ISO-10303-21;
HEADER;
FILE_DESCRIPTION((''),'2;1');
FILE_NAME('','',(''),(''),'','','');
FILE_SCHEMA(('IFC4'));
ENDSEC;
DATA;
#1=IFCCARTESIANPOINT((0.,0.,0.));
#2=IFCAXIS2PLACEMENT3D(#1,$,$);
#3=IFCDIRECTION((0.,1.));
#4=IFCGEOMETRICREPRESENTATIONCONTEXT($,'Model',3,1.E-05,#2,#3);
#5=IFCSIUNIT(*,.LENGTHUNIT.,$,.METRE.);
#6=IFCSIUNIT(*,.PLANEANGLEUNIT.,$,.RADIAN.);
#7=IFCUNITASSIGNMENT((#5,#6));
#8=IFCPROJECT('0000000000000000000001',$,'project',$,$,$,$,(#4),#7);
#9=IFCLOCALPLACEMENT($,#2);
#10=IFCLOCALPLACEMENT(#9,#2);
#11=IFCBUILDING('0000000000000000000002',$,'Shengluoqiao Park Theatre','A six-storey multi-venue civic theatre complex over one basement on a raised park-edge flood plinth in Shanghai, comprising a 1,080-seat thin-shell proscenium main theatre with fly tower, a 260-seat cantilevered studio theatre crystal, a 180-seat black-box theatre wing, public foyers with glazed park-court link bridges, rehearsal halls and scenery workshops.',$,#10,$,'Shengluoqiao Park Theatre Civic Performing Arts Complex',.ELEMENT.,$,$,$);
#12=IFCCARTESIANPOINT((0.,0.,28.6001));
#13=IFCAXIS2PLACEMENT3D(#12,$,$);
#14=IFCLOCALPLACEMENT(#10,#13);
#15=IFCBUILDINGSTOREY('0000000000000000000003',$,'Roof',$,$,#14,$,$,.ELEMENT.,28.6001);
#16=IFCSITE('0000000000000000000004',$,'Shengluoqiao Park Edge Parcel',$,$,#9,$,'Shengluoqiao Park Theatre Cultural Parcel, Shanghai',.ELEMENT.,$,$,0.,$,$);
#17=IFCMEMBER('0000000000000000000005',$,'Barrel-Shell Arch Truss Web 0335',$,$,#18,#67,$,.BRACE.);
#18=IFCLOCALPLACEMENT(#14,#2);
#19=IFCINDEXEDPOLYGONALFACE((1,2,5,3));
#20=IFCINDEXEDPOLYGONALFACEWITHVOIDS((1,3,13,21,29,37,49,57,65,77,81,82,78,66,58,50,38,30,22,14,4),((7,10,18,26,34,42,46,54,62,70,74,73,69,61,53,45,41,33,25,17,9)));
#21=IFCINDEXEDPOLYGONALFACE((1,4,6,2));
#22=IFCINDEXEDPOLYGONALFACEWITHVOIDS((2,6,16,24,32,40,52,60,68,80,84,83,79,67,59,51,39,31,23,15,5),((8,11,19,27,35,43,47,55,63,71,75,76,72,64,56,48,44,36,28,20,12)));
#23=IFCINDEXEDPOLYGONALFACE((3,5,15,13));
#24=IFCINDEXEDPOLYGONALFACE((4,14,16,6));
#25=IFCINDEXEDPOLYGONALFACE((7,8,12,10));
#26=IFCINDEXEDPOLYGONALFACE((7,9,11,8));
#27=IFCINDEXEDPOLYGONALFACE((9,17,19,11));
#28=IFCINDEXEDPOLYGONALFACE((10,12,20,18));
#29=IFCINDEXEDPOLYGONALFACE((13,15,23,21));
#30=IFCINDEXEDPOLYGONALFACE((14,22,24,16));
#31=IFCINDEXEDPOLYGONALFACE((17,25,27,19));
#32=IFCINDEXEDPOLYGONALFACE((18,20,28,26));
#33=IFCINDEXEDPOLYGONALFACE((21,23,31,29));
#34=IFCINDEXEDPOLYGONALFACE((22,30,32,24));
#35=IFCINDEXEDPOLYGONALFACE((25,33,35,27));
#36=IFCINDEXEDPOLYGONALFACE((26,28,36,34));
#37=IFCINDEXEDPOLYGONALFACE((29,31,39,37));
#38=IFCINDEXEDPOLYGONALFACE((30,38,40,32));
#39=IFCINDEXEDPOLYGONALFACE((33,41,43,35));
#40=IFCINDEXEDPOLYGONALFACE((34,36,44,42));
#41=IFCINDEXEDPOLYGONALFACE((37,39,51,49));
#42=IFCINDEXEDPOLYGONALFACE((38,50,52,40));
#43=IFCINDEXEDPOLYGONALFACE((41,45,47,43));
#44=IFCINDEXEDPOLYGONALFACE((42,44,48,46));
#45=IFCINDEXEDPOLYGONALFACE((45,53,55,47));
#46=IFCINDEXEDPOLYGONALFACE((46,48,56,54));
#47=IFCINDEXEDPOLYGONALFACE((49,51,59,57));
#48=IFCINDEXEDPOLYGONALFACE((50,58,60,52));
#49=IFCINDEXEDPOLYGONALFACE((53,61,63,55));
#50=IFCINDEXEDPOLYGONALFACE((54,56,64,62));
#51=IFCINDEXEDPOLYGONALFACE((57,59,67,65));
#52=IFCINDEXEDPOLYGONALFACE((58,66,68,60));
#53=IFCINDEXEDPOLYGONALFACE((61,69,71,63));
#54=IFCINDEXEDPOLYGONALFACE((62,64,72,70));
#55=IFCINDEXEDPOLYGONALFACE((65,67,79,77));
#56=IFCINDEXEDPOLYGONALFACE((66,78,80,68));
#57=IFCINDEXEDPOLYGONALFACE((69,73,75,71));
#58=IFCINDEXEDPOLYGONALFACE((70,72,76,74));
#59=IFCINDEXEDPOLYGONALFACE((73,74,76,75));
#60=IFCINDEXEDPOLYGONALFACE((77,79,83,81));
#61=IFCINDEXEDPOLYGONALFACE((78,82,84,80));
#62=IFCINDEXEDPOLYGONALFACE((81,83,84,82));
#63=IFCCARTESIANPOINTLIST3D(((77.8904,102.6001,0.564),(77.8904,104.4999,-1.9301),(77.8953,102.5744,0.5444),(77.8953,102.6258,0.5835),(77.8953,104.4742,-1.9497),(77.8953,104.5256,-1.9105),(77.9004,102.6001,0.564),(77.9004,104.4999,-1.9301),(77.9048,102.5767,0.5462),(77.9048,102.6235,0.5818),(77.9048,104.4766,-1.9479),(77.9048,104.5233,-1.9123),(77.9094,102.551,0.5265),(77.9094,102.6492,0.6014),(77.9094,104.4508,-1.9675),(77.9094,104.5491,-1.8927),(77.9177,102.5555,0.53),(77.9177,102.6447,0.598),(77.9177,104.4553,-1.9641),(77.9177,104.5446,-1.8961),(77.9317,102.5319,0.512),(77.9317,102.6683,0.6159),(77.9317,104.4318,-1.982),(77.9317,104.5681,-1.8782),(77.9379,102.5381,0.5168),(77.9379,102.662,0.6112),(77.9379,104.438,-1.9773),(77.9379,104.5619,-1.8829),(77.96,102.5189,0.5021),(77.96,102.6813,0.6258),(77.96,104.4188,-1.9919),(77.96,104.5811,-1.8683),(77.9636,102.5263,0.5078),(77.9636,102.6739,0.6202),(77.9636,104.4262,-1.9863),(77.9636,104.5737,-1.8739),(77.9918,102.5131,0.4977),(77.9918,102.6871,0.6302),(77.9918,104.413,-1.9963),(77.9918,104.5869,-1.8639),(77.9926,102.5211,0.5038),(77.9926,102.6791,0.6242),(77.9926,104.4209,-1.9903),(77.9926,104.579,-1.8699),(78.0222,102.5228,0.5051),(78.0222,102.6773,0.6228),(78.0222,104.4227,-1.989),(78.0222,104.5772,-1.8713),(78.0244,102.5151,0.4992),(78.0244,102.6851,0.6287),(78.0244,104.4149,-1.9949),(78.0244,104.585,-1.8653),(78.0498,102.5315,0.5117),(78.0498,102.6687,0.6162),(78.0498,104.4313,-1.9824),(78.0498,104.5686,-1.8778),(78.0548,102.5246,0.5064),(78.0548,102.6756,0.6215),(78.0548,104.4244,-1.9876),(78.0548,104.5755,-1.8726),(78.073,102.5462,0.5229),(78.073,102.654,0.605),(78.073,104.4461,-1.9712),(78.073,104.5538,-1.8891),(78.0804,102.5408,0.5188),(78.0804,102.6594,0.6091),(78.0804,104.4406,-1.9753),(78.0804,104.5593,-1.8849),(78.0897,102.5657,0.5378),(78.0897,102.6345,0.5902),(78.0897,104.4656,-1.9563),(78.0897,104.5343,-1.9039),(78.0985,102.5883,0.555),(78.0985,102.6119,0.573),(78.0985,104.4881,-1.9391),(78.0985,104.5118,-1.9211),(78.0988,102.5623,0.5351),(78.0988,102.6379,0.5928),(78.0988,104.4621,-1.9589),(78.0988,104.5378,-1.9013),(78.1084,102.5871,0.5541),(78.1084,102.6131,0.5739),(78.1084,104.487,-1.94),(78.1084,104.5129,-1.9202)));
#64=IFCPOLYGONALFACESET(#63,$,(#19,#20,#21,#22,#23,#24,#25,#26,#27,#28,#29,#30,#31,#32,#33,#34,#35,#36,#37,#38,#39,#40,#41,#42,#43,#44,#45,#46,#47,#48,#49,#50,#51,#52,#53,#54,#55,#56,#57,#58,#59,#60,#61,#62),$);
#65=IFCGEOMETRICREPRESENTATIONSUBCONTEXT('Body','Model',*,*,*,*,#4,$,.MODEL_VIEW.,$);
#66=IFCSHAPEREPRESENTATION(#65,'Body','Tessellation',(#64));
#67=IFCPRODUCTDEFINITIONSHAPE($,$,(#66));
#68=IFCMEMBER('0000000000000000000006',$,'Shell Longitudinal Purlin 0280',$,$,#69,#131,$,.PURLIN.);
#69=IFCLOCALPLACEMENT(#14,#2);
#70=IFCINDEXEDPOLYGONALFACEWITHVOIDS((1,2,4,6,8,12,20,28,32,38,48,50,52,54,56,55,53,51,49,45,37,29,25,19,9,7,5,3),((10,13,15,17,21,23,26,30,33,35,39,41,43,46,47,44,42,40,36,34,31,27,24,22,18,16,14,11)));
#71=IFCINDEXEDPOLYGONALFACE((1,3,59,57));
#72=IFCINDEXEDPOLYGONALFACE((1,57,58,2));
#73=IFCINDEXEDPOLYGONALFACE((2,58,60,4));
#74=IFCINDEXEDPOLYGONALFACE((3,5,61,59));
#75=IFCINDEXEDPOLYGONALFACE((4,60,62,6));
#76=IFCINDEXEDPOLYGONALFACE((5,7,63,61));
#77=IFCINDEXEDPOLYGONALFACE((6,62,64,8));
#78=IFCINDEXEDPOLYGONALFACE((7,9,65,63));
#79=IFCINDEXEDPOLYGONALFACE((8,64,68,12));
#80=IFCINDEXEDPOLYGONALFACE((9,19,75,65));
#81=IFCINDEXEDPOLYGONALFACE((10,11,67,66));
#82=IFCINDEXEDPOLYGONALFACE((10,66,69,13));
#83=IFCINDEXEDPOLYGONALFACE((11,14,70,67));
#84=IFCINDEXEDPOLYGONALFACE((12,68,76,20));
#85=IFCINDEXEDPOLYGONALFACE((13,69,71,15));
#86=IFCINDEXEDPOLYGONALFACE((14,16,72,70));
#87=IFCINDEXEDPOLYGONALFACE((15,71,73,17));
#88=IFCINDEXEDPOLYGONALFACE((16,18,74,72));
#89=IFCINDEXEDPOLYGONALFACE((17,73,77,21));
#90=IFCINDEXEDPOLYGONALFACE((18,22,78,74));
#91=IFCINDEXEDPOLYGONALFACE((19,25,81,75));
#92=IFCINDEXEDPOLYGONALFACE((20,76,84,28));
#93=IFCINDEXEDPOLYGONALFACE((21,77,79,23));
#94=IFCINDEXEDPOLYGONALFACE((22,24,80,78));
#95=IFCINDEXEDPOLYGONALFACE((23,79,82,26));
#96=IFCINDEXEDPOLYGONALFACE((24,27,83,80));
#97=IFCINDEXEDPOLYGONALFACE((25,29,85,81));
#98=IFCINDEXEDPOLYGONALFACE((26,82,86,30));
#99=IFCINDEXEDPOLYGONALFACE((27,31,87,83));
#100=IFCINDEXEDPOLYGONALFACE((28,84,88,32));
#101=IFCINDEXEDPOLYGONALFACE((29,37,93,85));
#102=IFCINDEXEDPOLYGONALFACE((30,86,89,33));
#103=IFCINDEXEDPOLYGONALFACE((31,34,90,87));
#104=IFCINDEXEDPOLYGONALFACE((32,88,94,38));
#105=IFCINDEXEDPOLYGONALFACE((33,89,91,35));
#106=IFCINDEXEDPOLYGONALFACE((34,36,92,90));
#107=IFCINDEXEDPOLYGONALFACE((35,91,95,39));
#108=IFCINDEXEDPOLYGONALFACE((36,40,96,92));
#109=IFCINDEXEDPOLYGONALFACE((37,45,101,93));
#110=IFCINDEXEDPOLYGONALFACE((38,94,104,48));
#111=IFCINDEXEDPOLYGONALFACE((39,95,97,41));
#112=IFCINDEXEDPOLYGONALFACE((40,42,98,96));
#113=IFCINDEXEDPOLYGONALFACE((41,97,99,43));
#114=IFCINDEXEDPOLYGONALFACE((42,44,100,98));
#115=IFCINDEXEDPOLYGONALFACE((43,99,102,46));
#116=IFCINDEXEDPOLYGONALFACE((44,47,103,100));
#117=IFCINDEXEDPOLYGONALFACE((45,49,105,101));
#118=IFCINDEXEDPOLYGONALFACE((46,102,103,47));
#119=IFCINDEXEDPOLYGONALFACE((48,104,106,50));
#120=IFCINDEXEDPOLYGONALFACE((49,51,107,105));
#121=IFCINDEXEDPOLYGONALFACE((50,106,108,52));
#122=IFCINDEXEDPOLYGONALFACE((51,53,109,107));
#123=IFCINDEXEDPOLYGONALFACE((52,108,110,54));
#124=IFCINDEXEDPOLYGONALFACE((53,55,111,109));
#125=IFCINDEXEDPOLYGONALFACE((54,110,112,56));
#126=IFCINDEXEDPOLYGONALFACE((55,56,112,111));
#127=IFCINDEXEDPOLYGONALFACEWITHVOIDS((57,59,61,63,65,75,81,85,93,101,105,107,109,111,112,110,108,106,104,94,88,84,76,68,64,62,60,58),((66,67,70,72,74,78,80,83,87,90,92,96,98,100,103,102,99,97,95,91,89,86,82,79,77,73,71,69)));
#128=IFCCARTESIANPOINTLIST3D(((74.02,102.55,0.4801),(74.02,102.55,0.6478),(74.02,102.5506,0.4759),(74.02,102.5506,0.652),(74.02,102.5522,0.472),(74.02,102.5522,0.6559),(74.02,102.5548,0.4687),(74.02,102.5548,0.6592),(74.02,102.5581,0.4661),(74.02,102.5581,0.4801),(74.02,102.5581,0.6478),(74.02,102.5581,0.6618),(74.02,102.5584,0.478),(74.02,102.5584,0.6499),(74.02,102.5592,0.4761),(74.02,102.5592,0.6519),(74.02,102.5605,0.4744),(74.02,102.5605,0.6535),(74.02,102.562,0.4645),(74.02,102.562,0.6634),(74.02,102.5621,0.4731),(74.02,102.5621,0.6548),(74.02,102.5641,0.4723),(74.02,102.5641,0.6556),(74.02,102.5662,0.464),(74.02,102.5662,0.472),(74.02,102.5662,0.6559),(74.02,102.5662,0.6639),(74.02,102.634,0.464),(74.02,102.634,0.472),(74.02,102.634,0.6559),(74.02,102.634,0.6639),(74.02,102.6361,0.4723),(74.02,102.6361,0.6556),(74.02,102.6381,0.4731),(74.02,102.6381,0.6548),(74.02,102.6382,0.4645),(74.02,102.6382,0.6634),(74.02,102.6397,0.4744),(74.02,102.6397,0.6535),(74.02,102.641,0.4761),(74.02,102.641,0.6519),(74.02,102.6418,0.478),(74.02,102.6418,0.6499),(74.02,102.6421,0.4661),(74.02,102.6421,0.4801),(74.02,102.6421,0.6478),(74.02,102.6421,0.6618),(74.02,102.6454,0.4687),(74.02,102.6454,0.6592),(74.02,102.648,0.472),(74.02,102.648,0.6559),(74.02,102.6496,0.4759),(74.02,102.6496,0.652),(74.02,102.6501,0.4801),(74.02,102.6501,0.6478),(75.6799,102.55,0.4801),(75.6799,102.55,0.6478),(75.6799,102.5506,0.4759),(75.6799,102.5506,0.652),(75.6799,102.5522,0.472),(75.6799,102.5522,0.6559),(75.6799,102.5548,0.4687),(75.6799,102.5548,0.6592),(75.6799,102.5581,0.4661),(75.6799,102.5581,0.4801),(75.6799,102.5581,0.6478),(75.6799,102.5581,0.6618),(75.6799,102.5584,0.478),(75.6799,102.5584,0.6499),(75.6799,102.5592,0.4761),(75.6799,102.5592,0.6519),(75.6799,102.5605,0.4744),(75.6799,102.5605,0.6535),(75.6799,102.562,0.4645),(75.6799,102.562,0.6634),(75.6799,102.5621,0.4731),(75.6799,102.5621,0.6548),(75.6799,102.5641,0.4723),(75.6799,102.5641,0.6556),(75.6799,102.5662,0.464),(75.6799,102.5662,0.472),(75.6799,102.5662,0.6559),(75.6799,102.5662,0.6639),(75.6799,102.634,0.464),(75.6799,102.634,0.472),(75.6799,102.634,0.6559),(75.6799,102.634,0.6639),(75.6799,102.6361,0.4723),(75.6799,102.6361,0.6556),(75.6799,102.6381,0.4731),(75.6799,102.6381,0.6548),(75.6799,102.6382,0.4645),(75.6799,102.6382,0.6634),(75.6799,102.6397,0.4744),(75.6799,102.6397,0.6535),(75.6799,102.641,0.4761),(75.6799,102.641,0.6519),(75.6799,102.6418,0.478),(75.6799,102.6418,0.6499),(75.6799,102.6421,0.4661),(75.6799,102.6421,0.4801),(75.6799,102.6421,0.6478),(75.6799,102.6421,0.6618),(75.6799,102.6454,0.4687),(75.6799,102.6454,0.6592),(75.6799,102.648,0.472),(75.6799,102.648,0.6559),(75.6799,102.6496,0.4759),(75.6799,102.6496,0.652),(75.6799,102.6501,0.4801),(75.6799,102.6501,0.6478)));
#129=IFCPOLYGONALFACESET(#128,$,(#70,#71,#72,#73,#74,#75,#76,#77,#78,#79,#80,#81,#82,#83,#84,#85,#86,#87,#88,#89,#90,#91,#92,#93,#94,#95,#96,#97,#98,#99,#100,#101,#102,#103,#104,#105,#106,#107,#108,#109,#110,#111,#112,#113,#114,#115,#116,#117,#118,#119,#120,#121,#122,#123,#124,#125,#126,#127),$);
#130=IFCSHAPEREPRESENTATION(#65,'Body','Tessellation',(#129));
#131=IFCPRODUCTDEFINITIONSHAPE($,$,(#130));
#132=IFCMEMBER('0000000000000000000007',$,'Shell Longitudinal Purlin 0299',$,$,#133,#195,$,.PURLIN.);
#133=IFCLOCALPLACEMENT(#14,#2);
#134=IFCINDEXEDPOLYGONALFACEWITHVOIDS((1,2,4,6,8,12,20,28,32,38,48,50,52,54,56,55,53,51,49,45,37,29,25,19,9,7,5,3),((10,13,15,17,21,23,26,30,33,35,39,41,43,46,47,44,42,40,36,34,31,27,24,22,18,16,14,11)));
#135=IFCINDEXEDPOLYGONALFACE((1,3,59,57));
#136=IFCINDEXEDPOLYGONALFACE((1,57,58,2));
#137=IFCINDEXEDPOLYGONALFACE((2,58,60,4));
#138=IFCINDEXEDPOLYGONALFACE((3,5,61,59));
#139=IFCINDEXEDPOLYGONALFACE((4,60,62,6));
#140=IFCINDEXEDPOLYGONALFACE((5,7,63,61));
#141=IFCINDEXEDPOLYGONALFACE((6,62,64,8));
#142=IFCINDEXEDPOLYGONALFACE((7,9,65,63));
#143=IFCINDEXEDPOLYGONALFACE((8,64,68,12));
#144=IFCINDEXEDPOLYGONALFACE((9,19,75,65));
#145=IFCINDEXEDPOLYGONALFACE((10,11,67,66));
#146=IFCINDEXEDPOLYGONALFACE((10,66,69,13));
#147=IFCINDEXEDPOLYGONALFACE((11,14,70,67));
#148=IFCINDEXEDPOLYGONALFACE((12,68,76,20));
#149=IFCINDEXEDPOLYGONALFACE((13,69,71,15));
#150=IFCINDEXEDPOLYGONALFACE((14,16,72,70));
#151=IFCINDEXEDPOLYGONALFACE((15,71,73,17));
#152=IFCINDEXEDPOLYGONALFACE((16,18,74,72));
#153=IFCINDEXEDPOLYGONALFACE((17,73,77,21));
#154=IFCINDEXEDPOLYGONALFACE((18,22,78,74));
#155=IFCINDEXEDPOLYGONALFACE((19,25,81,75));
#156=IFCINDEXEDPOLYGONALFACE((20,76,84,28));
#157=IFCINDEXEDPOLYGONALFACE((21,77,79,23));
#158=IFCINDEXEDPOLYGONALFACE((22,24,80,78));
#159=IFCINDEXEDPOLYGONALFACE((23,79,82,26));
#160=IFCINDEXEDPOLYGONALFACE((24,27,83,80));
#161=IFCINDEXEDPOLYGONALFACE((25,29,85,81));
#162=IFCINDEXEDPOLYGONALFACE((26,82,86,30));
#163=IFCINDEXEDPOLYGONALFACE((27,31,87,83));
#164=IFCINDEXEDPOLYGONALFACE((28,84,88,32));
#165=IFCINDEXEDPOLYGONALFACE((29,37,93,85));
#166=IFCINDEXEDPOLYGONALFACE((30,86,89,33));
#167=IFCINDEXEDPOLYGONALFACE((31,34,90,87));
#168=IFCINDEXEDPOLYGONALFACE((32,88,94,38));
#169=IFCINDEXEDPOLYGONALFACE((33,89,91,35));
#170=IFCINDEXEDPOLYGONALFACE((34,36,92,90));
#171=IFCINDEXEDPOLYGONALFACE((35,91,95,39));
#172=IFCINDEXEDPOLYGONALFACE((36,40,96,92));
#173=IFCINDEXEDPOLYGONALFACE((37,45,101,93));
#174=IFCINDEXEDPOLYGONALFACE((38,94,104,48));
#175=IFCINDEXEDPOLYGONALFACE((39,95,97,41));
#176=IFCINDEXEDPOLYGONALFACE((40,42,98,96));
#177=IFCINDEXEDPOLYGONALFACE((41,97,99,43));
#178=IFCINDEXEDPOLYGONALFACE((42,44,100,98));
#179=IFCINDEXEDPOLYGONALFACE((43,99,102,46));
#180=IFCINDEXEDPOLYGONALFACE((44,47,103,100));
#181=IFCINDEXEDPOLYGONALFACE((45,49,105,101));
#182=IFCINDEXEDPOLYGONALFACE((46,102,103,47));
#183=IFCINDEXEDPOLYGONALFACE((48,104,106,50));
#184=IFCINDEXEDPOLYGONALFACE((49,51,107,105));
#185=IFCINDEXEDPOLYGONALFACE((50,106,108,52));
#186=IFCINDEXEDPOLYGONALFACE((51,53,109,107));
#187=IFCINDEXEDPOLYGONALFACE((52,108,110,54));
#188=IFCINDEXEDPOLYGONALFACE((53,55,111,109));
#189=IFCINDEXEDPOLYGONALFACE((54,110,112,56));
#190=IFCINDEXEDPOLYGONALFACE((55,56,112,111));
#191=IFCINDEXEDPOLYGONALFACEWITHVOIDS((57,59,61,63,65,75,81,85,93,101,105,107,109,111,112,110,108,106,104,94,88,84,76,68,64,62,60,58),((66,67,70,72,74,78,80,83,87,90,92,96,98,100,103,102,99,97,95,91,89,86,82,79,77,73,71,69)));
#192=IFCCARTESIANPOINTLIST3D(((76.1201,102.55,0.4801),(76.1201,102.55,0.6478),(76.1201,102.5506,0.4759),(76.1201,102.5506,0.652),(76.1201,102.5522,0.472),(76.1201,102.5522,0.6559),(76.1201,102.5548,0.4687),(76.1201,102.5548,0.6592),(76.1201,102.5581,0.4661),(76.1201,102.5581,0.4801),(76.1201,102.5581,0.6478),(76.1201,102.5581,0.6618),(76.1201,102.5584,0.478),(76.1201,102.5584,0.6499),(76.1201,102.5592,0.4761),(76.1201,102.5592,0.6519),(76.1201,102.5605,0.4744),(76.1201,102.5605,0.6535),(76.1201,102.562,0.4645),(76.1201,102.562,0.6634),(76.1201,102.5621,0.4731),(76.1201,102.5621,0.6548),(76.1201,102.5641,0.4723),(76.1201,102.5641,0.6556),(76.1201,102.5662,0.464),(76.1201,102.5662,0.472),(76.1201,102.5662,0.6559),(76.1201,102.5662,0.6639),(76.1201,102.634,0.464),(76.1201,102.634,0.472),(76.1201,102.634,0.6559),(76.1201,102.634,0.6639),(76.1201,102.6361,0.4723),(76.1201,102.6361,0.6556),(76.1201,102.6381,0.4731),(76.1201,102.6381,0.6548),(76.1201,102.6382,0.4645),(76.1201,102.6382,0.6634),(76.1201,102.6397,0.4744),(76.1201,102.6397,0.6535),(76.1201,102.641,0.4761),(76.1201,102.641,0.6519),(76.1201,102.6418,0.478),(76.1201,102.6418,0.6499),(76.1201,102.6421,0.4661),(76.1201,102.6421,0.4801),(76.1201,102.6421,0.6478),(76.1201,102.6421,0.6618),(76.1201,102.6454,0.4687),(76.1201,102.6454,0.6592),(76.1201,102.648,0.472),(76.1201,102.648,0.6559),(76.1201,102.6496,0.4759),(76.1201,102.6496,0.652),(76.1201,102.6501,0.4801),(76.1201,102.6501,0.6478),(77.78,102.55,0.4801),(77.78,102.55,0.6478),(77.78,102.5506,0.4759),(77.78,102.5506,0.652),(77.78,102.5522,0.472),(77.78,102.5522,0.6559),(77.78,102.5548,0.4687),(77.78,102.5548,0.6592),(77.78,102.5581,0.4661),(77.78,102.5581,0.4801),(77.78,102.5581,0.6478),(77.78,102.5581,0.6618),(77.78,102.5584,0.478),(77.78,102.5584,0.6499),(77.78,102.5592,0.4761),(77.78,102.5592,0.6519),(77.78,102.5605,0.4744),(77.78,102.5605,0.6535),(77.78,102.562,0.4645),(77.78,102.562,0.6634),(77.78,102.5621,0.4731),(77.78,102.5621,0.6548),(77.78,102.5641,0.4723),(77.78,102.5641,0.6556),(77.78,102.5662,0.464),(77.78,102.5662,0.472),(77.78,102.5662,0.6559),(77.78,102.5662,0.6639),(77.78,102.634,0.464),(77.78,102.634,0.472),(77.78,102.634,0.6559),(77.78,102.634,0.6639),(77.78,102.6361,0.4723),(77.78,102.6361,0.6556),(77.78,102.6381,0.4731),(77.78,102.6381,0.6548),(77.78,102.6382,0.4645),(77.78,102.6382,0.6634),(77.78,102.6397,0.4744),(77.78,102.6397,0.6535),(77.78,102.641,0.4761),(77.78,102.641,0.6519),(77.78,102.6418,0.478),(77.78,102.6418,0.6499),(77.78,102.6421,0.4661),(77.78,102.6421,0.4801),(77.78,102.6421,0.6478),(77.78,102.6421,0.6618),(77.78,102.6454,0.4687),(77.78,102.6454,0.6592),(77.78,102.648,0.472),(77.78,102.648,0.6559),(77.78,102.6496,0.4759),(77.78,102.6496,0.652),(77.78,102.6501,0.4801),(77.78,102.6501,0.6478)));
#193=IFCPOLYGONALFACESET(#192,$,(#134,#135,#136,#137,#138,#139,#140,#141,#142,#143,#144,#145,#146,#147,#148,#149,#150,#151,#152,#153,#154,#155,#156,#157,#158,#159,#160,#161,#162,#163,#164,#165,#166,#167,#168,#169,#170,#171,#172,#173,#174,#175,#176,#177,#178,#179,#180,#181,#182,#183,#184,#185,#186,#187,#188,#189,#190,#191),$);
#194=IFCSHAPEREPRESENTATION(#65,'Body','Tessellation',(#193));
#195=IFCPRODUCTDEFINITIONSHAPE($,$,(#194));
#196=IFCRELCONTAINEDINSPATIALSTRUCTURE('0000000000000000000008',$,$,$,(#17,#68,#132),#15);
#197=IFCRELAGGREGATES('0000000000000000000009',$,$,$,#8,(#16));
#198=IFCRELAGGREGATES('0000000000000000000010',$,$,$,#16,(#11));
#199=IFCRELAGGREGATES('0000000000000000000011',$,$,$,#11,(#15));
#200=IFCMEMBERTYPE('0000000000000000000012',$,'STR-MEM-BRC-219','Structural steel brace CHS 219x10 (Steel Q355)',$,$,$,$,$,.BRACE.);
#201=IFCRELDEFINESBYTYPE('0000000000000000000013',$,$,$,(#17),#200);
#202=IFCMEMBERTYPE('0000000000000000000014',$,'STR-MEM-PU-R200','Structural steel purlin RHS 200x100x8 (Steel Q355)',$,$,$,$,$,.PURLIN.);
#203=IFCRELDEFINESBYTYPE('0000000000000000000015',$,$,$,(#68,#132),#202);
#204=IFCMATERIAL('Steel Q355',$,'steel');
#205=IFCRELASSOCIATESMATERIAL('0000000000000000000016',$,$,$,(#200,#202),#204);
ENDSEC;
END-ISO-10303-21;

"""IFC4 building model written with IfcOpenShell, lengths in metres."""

from ifc_helpers import new_model, si_unit, direction, frame, origin, origin_2d, place, context, subcontext, project, spatial, hollow_rectangle, hollow_circle, extrude, material, material_profile, profile_set, type_object, element, save


model = new_model("IFC4")

# Units and contexts
model_context = context("Model", 3, precision=1e-05, world=origin(), true_north=direction((0.0, 1.0)))
body_context = subcontext(model_context, "Body", "Model", "MODEL_VIEW")
ifc_project = project(units=[si_unit("LENGTHUNIT", "METRE"), si_unit("PLANEANGLEUNIT", "RADIAN")], contexts=[model_context])

# Site, building, storey
site_placement = place(None, origin())
site = spatial("IfcSite", under=ifc_project, at=site_placement, Name="Shengluoqiao Park Edge Parcel", LongName="Shengluoqiao Park Theatre Cultural Parcel, Shanghai", CompositionType="ELEMENT", RefElevation=0.0)
building_placement = place(site_placement, origin())
building = spatial("IfcBuilding", under=site, at=building_placement, Name="Shengluoqiao Park Theatre", Description="A six-storey multi-venue civic theatre complex over one basement on a raised park-edge flood plinth in Shanghai, comprising a 1,080-seat thin-shell proscenium main theatre with fly tower, a 260-seat cantilevered studio theatre crystal, a 180-seat black-box theatre wing, public foyers with glazed park-court link bridges, rehearsal halls and scenery workshops.", LongName="Shengluoqiao Park Theatre Civic Performing Arts Complex", CompositionType="ELEMENT")
storey_placement = place(building_placement, frame((0.0, 0.0, 28.6001)))
storey = spatial("IfcBuildingStorey", under=building, at=storey_placement, Name="Roof", CompositionType="ELEMENT", Elevation=28.6001)

# Shared definitions
ifc_material_1 = material(Name="Steel Q355", Category="steel")

# Members
ifc_material_profile_1 = material_profile(ifc_material_1, hollow_circle(Radius=0.1096, WallThickness=0.01, at=origin_2d()), Name="CHS 219x10")
ifc_profile_set_1 = profile_set([ifc_material_profile_1], Name="Steel Q355")
member_type_1 = type_object("IfcMemberType", Name="STR-MEM-BRC-219", Description="Structural steel brace CHS 219x10 (Steel Q355)", PredefinedType="BRACE", material=ifc_profile_set_1)
member_1_placement = place(storey_placement, frame((78.0, 102.6001, 0.564), z_axis=(0.0, 0.605963, -0.795492), x_axis=(-1.0, 0.0, 0.0)))
element("IfcMember", 1, at=member_1_placement, inside=storey, type_object=member_type_1, Name="Barrel-Shell Arch Truss Web 0335", PredefinedType="BRACE", context=body_context, shape_type="SweptSolid", body=[
    extrude(hollow_circle(Radius=0.1096, WallThickness=0.01, at=origin_2d()), origin(), (0.0, 0.0, 1.0), 3.1353),
])
ifc_material_profile_2 = material_profile(ifc_material_1, hollow_rectangle(XDim=0.1001, YDim=0.2, WallThickness=0.0081, InnerFilletRadius=0.0081, OuterFilletRadius=0.0161, at=origin_2d()), Name="RHS 200x100x8")
ifc_profile_set_2 = profile_set([ifc_material_profile_2], Name="Steel Q355")
member_type_2 = type_object("IfcMemberType", Name="STR-MEM-PU-R200", Description="Structural steel purlin RHS 200x100x8 (Steel Q355)", PredefinedType="PURLIN", material=ifc_profile_set_2)
for number, where, z_axis, x_axis, name in (
    (2, (74.02, 102.6001, 0.564), (1.0, 0.0, 0.0), (0.0, 1.0, 0.0), "Shell Longitudinal Purlin 0280"),
    (3, (76.1201, 102.6001, 0.564), (1.0, 0.0, 0.0), (0.0, 1.0, 0.0), "Shell Longitudinal Purlin 0299"),
):
    element("IfcMember", number, at=place(storey_placement, frame(where, z_axis=z_axis, x_axis=x_axis)), inside=storey, type_object=member_type_2, Name=name, PredefinedType="PURLIN", context=body_context, shape_type="SweptSolid", body=[
        extrude(hollow_rectangle(XDim=0.1001, YDim=0.2, WallThickness=0.0081, InnerFilletRadius=0.0081, OuterFilletRadius=0.0161, at=origin_2d()), origin(), (0.0, 0.0, 1.0), 1.6599),
    ])

save(model, "model.ifc")
